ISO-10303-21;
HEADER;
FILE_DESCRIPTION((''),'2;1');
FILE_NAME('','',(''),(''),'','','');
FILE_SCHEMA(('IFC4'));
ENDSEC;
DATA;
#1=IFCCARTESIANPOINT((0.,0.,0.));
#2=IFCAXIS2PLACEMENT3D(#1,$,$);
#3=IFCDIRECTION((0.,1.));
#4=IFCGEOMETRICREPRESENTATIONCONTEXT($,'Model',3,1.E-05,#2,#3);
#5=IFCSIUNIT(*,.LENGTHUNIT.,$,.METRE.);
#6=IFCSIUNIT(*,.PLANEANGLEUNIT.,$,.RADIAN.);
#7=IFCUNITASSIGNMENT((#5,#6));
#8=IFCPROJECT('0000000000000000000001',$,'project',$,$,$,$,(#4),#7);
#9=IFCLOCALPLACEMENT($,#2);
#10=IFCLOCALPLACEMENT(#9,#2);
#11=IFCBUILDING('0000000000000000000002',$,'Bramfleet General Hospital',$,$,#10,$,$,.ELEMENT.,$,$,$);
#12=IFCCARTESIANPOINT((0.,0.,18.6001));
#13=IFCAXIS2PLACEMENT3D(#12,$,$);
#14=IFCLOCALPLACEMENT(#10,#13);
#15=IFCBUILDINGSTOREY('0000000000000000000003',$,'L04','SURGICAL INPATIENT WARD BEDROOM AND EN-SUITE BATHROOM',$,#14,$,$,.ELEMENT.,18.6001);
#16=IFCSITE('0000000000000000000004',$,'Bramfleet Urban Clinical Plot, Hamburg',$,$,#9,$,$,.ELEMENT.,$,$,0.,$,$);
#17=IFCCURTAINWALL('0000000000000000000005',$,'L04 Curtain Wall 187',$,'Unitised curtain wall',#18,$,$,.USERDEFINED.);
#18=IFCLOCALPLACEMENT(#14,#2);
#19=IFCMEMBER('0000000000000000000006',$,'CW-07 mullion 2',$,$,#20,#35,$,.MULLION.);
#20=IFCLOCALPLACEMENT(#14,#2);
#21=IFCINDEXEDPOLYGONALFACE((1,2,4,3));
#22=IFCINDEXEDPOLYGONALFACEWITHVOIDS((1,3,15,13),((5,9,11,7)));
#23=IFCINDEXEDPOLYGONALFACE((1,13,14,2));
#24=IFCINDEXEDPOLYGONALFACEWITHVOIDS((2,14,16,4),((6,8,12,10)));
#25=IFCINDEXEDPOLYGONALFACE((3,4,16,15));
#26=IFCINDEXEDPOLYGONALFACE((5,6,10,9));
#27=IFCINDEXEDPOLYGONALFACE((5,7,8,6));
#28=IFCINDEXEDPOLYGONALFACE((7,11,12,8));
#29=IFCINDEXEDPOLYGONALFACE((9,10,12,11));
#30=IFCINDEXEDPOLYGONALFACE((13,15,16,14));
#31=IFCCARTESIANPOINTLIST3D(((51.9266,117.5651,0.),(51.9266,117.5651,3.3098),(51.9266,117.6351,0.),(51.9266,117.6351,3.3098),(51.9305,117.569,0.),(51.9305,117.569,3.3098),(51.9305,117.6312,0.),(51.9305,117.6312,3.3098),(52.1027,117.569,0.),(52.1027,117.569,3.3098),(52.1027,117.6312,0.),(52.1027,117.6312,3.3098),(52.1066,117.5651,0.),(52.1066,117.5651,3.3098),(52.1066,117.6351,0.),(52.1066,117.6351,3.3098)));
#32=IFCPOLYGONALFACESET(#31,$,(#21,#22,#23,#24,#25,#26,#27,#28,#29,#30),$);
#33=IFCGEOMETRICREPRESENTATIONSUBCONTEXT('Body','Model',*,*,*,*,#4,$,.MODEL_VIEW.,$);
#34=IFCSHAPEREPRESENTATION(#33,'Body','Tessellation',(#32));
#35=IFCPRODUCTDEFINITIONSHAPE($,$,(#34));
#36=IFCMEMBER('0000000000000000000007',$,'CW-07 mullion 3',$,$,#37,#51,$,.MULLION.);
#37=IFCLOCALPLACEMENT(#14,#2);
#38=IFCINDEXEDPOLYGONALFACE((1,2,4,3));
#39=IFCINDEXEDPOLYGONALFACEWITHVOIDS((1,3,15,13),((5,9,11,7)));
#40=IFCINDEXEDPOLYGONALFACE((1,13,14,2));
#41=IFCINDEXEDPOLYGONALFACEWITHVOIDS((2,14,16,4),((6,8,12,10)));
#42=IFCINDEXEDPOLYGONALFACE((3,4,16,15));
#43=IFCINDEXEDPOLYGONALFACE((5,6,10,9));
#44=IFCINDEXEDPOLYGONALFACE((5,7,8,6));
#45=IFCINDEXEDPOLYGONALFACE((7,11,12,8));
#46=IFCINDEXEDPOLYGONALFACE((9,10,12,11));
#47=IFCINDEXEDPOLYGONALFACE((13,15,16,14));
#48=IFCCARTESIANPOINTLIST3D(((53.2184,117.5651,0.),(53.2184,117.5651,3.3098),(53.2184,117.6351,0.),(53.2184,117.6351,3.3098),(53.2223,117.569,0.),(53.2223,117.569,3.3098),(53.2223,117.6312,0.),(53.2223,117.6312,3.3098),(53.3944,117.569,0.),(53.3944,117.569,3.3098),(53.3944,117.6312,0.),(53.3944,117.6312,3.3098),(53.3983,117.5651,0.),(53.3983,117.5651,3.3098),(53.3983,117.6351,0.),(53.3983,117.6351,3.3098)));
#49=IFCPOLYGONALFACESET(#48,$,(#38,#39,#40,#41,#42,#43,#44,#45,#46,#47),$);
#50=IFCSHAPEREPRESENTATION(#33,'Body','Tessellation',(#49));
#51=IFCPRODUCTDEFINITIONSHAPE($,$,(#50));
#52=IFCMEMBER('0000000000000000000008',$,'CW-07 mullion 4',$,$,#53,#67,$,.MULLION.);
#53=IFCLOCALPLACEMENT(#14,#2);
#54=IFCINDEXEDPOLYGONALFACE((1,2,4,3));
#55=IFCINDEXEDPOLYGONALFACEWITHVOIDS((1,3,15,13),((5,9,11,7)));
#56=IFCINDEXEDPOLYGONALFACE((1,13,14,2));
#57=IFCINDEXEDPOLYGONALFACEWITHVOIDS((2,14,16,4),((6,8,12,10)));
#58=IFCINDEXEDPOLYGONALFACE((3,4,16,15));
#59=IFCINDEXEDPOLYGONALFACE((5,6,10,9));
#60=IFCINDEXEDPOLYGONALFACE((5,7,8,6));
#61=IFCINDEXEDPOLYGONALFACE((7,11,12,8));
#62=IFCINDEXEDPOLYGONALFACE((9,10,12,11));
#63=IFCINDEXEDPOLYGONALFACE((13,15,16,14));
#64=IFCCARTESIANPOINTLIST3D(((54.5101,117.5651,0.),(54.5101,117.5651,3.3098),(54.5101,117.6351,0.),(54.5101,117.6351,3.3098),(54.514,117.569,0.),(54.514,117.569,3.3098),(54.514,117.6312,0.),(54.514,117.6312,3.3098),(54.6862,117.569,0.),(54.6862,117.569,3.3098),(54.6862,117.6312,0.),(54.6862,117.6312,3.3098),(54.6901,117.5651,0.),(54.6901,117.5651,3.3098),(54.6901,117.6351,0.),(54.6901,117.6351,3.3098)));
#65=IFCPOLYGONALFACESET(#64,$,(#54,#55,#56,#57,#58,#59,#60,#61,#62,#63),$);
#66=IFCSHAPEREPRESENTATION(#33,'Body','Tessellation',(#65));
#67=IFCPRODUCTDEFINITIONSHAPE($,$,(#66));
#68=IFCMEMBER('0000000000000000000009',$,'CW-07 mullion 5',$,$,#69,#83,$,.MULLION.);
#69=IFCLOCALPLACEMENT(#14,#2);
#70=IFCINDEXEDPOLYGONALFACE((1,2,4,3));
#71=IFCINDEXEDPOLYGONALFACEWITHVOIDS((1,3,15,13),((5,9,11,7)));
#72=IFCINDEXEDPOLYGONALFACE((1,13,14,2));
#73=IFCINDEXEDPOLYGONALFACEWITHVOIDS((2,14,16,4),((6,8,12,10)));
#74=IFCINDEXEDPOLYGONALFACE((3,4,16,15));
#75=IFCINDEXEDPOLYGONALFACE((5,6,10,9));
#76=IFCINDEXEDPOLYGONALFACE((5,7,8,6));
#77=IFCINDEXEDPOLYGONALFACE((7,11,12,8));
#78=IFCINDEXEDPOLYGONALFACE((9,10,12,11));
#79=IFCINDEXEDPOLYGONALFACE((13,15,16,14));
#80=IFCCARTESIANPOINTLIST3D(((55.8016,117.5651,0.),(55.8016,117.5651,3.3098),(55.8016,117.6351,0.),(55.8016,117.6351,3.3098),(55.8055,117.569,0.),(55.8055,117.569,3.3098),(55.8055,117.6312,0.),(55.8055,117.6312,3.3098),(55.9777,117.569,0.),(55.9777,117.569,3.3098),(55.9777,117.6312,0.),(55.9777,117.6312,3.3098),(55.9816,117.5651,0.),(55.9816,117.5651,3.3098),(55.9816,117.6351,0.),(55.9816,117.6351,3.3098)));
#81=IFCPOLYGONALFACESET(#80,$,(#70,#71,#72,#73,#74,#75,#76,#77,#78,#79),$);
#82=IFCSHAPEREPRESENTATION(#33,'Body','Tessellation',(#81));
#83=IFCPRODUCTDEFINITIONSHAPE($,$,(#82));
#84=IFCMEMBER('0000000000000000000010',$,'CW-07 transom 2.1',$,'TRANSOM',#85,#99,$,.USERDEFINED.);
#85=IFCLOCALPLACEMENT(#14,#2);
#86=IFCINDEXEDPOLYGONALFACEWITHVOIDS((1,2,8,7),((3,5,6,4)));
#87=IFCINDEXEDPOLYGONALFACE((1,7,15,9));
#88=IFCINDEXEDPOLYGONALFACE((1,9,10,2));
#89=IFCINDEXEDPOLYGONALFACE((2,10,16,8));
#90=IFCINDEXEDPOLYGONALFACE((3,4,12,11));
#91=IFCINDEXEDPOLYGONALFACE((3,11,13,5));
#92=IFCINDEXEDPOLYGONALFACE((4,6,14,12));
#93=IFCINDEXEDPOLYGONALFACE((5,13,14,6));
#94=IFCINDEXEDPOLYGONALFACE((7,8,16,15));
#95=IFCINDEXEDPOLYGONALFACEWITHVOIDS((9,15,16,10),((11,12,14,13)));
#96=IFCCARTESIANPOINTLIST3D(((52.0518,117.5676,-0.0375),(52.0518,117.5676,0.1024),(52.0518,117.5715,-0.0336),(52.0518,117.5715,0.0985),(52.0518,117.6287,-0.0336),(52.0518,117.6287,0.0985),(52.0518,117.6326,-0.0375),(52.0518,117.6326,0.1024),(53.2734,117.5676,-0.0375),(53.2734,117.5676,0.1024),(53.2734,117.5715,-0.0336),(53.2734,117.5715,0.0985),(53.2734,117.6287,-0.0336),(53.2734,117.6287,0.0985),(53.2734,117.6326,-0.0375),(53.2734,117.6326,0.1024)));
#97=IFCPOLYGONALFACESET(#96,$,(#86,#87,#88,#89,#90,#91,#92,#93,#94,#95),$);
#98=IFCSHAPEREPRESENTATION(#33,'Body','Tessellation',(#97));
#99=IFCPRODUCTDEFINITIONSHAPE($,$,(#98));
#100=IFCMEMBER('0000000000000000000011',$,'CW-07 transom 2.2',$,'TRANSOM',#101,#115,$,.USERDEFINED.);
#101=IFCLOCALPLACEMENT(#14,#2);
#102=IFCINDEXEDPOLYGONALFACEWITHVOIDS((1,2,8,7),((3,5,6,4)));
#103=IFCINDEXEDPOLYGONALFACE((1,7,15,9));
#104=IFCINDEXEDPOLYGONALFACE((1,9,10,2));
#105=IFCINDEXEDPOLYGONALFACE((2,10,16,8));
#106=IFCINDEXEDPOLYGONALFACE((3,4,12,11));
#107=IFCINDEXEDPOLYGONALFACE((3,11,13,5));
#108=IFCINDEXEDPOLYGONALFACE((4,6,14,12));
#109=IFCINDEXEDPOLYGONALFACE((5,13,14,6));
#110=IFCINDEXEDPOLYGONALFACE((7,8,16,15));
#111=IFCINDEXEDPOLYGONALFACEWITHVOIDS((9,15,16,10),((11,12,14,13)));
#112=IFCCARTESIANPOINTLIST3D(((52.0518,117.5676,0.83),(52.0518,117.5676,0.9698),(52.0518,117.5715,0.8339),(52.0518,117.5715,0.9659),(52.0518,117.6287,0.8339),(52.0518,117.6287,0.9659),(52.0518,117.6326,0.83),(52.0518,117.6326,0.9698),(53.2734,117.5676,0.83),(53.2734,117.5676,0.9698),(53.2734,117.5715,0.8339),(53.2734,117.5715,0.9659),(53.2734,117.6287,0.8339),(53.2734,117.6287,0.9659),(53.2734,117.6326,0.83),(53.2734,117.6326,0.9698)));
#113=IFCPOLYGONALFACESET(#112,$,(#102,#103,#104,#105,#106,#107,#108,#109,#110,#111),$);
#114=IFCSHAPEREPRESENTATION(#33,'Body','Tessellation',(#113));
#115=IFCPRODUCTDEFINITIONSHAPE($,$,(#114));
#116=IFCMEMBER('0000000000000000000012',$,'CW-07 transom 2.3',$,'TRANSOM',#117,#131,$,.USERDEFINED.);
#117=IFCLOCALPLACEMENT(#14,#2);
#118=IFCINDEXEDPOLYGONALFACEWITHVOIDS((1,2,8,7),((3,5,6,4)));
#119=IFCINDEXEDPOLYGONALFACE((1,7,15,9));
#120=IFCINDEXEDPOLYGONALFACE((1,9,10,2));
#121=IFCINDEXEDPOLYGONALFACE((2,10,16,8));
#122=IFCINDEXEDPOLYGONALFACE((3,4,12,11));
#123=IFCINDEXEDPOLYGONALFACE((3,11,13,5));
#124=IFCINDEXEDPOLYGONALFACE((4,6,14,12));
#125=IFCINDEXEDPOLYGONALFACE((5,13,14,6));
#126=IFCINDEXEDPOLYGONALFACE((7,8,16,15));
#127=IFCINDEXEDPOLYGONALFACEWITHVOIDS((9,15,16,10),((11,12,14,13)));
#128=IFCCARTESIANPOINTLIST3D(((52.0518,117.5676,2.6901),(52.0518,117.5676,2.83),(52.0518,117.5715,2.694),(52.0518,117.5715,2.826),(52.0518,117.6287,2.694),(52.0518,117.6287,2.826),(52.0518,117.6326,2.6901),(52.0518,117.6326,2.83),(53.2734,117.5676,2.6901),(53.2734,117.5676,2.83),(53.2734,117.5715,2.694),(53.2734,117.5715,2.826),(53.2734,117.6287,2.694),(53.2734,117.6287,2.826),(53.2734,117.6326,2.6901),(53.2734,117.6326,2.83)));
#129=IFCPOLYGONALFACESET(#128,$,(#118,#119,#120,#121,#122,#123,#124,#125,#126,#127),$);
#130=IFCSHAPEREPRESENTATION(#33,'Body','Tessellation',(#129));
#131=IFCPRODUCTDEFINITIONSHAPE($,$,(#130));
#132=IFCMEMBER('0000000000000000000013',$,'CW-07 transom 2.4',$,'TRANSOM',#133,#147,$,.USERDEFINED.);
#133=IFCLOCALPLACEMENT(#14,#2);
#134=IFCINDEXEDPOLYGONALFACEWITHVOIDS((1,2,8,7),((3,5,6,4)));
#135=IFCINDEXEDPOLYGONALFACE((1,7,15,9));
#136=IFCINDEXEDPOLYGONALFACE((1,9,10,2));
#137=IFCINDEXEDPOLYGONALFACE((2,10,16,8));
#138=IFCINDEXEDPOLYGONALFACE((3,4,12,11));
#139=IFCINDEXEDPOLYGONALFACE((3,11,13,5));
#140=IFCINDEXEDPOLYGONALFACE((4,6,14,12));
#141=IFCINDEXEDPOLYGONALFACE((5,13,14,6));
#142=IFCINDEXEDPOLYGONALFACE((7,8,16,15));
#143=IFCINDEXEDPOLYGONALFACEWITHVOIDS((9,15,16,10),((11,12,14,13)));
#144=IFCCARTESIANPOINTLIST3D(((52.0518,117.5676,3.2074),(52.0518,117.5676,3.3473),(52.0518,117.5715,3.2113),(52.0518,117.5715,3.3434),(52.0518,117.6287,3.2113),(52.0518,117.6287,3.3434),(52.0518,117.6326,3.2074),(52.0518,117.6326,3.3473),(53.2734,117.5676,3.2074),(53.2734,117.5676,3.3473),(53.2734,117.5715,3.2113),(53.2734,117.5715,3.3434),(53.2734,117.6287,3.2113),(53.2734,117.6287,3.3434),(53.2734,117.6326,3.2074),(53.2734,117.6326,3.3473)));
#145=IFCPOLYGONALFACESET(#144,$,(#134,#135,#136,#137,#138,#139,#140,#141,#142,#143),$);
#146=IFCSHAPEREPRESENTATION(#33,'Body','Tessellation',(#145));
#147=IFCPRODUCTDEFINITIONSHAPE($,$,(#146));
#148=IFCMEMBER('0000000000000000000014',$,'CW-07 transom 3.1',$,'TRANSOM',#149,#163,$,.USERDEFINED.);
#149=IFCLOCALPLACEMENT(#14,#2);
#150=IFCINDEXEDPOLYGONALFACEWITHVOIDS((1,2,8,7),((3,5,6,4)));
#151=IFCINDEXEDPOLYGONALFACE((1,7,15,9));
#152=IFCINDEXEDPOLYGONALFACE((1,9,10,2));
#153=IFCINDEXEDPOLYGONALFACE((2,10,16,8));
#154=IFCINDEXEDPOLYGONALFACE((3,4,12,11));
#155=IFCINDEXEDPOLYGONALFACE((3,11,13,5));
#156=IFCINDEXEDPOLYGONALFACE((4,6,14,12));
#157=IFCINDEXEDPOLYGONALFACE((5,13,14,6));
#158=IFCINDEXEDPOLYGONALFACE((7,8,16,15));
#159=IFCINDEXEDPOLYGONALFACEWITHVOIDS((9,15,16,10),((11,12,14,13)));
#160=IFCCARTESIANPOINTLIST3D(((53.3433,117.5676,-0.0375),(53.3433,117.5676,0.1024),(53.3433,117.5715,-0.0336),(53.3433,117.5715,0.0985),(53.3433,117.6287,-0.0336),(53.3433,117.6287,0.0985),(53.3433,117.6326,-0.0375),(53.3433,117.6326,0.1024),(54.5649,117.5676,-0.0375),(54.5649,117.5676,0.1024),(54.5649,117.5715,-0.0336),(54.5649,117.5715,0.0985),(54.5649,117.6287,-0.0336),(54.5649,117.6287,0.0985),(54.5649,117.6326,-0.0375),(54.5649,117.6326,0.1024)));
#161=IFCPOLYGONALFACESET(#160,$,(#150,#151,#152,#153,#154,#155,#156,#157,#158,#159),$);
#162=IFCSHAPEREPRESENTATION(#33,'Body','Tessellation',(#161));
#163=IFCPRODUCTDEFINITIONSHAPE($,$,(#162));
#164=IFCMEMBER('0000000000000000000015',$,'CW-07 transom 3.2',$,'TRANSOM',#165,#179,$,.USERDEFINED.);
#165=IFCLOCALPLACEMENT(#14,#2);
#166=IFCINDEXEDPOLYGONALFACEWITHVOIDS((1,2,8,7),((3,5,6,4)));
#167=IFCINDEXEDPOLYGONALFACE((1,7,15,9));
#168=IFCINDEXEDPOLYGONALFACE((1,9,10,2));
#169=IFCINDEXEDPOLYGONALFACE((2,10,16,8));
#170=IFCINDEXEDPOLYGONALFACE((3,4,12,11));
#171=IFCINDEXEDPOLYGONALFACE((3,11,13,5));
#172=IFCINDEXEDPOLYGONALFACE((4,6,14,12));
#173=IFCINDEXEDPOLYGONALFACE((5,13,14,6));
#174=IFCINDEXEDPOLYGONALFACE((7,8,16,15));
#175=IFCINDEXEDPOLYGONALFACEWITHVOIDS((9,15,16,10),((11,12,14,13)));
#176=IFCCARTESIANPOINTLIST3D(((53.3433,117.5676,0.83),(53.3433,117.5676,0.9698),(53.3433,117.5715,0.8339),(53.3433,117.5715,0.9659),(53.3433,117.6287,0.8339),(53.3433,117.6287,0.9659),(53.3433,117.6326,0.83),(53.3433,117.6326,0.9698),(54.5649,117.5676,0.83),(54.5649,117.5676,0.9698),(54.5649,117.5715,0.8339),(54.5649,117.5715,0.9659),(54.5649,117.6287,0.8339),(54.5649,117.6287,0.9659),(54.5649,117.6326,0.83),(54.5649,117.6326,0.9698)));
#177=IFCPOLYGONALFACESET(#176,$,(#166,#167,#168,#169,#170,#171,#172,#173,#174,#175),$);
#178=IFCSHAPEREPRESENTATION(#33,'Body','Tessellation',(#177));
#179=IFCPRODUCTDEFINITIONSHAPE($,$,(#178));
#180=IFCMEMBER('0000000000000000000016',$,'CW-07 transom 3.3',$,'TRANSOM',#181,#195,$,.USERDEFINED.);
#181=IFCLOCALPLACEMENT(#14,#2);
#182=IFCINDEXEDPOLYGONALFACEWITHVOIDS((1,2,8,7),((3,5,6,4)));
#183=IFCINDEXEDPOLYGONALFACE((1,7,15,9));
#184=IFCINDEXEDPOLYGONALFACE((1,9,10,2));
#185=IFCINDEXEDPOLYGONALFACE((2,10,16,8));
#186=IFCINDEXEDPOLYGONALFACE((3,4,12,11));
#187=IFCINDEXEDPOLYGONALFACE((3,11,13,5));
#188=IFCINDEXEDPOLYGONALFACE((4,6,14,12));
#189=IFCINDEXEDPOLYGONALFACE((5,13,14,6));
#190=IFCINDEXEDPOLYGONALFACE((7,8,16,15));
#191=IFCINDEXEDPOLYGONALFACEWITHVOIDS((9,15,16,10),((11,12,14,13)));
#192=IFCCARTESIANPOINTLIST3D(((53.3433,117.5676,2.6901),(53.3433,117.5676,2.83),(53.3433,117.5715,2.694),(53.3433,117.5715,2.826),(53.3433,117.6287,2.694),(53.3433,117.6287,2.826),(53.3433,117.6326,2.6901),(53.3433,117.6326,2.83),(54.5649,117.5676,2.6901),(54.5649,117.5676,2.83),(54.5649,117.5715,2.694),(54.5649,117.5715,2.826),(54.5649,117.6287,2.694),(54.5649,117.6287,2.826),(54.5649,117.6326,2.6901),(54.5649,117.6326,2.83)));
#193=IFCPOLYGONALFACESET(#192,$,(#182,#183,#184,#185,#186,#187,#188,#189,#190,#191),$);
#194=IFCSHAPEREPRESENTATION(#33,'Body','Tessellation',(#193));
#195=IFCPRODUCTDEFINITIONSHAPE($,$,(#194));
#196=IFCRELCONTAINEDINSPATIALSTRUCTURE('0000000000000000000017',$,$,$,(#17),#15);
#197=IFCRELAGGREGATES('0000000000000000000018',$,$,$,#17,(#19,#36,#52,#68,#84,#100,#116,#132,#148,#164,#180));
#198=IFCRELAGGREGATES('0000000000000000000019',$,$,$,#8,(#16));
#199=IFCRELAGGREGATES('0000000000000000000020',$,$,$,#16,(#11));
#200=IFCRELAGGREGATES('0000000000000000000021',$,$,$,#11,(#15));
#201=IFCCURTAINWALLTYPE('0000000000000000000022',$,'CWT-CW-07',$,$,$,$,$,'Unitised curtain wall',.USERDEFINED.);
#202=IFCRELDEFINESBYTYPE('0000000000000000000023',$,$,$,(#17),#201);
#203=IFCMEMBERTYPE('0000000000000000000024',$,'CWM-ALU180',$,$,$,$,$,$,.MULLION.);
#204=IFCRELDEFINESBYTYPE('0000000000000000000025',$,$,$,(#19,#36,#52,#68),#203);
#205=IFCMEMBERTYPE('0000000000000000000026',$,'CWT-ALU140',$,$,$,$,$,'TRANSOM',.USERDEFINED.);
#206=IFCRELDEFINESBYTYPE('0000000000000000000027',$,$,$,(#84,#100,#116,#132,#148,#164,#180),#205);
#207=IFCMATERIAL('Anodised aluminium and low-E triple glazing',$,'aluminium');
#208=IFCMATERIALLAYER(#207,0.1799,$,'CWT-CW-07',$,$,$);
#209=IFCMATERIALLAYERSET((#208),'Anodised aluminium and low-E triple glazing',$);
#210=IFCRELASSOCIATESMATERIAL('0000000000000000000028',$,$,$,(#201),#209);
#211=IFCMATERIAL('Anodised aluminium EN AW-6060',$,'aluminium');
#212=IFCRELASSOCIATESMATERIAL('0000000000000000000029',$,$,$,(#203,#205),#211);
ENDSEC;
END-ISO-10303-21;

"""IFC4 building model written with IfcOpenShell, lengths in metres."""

from ifc_helpers import new_model, si_unit, direction, frame, origin, origin_2d, place, context, subcontext, project, spatial, hollow_rectangle, extrude, material, layer, layer_set, material_profile, profile_set, type_object, element, aggregate, save


model = new_model("IFC4")

# Units and contexts
model_context = context("Model", 3, precision=1e-05, world=origin(), true_north=direction((0.0, 1.0)))
body_context = subcontext(model_context, "Body", "Model", "MODEL_VIEW")
ifc_project = project(units=[si_unit("LENGTHUNIT", "METRE"), si_unit("PLANEANGLEUNIT", "RADIAN")], contexts=[model_context])

# Site, building, storey
site_placement = place(None, origin())
site = spatial("IfcSite", under=ifc_project, at=site_placement, Name="Bramfleet Urban Clinical Plot, Hamburg", CompositionType="ELEMENT", RefElevation=0.0)
building_placement = place(site_placement, origin())
building = spatial("IfcBuilding", under=site, at=building_placement, Name="Bramfleet General Hospital", CompositionType="ELEMENT")
storey_placement = place(building_placement, frame((0.0, 0.0, 18.6001)))
storey = spatial("IfcBuildingStorey", under=building, at=storey_placement, Name="L04", Description="SURGICAL INPATIENT WARD BEDROOM AND EN-SUITE BATHROOM", CompositionType="ELEMENT", Elevation=18.6001)

# Curtain wall, members
ifc_material_1 = material(Name="Anodised aluminium and low-E triple glazing", Category="aluminium")
ifc_layer_1 = layer(ifc_material_1, 0.1799, Name="CWT-CW-07")
ifc_layer_set_1 = layer_set([ifc_layer_1], Name="Anodised aluminium and low-E triple glazing")
curtain_wall_type = type_object("IfcCurtainWallType", Name="CWT-CW-07", ElementType="Unitised curtain wall", PredefinedType="USERDEFINED", material=ifc_layer_set_1)
curtain_wall_placement = place(storey_placement, origin())
curtain_wall = element("IfcCurtainWall", 1, at=curtain_wall_placement, inside=storey, type_object=curtain_wall_type, Name="L04 Curtain Wall 187", ObjectType="Unitised curtain wall", PredefinedType="USERDEFINED")
ifc_material_2 = material(Name="Anodised aluminium EN AW-6060", Category="aluminium")
ifc_material_profile_1 = material_profile(ifc_material_2, hollow_rectangle(XDim=0.0701, YDim=0.1799, WallThickness=0.0039, at=origin_2d()), Name="ALU 180x70x4.0")
ifc_profile_set_1 = profile_set([ifc_material_profile_1], Name="Anodised aluminium EN AW-6060")
member_type_1 = type_object("IfcMemberType", Name="CWM-ALU180", PredefinedType="MULLION", material=ifc_profile_set_1)
member_1_placement = place(storey_placement, frame((52.0166, 117.6001, 0.0), z_axis=(0.0, 0.0, 1.0), x_axis=(0.0, 1.0, 0.0)))
member_1 = element("IfcMember", 2, at=member_1_placement, type_object=member_type_1, Name="CW-07 mullion 2", PredefinedType="MULLION", context=body_context, shape_type="SweptSolid", body=[
    extrude(hollow_rectangle(XDim=0.0701, YDim=0.1799, WallThickness=0.0039, at=origin_2d()), origin(), (0.0, 0.0, 1.0), 3.3098),
])
member_2_placement = place(storey_placement, frame((53.3083, 117.6001, 0.0), z_axis=(0.0, 0.0, 1.0), x_axis=(0.0, 1.0, 0.0)))
member_2 = element("IfcMember", 3, at=member_2_placement, type_object=member_type_1, Name="CW-07 mullion 3", PredefinedType="MULLION", context=body_context, shape_type="SweptSolid", body=[
    extrude(hollow_rectangle(XDim=0.0701, YDim=0.1799, WallThickness=0.0039, at=origin_2d()), origin(), (0.0, 0.0, 1.0), 3.3098),
])
member_3_placement = place(storey_placement, frame((54.6001, 117.6001, 0.0), z_axis=(0.0, 0.0, 1.0), x_axis=(0.0, 1.0, 0.0)))
member_3 = element("IfcMember", 4, at=member_3_placement, type_object=member_type_1, Name="CW-07 mullion 4", PredefinedType="MULLION", context=body_context, shape_type="SweptSolid", body=[
    extrude(hollow_rectangle(XDim=0.0701, YDim=0.1799, WallThickness=0.0039, at=origin_2d()), origin(), (0.0, 0.0, 1.0), 3.3098),
])
member_4_placement = place(storey_placement, frame((55.8916, 117.6001, 0.0), z_axis=(0.0, 0.0, 1.0), x_axis=(0.0, 1.0, 0.0)))
member_4 = element("IfcMember", 5, at=member_4_placement, type_object=member_type_1, Name="CW-07 mullion 5", PredefinedType="MULLION", context=body_context, shape_type="SweptSolid", body=[
    extrude(hollow_rectangle(XDim=0.0701, YDim=0.1799, WallThickness=0.0039, at=origin_2d()), origin(), (0.0, 0.0, 1.0), 3.3098),
])
ifc_material_profile_2 = material_profile(ifc_material_2, hollow_rectangle(XDim=0.0649, YDim=0.1399, WallThickness=0.0039, at=origin_2d()), Name="ALU 140x65x4.0")
ifc_profile_set_2 = profile_set([ifc_material_profile_2], Name="Anodised aluminium EN AW-6060")
member_type_2 = type_object("IfcMemberType", Name="CWT-ALU140", ElementType="TRANSOM", PredefinedType="USERDEFINED", material=ifc_profile_set_2)
member_5_placement = place(storey_placement, frame((52.0518, 117.6001, 0.0325), z_axis=(1.0, 0.0, 0.0), x_axis=(0.0, 1.0, 0.0)))
member_5 = element("IfcMember", 6, at=member_5_placement, type_object=member_type_2, Name="CW-07 transom 2.1", ObjectType="TRANSOM", PredefinedType="USERDEFINED", context=body_context, shape_type="SweptSolid", body=[
    extrude(hollow_rectangle(XDim=0.0649, YDim=0.1399, WallThickness=0.0039, at=origin_2d()), origin(), (0.0, 0.0, 1.0), 1.2217),
])
member_6_placement = place(storey_placement, frame((52.0518, 117.6001, 0.8999), z_axis=(1.0, 0.0, 0.0), x_axis=(0.0, 1.0, 0.0)))
member_6 = element("IfcMember", 7, at=member_6_placement, type_object=member_type_2, Name="CW-07 transom 2.2", ObjectType="TRANSOM", PredefinedType="USERDEFINED", context=body_context, shape_type="SweptSolid", body=[
    extrude(hollow_rectangle(XDim=0.0649, YDim=0.1399, WallThickness=0.0039, at=origin_2d()), origin(), (0.0, 0.0, 1.0), 1.2217),
])
member_7_placement = place(storey_placement, frame((52.0518, 117.6001, 2.76), z_axis=(1.0, 0.0, 0.0), x_axis=(0.0, 1.0, 0.0)))
member_7 = element("IfcMember", 8, at=member_7_placement, type_object=member_type_2, Name="CW-07 transom 2.3", ObjectType="TRANSOM", PredefinedType="USERDEFINED", context=body_context, shape_type="SweptSolid", body=[
    extrude(hollow_rectangle(XDim=0.0649, YDim=0.1399, WallThickness=0.0039, at=origin_2d()), origin(), (0.0, 0.0, 1.0), 1.2217),
])
member_8_placement = place(storey_placement, frame((52.0518, 117.6001, 3.2773), z_axis=(1.0, 0.0, 0.0), x_axis=(0.0, 1.0, 0.0)))
member_8 = element("IfcMember", 9, at=member_8_placement, type_object=member_type_2, Name="CW-07 transom 2.4", ObjectType="TRANSOM", PredefinedType="USERDEFINED", context=body_context, shape_type="SweptSolid", body=[
    extrude(hollow_rectangle(XDim=0.0649, YDim=0.1399, WallThickness=0.0039, at=origin_2d()), origin(), (0.0, 0.0, 1.0), 1.2217),
])
member_9_placement = place(storey_placement, frame((53.3433, 117.6001, 0.0325), z_axis=(1.0, 0.0, 0.0), x_axis=(0.0, 1.0, 0.0)))
member_9 = element("IfcMember", 10, at=member_9_placement, type_object=member_type_2, Name="CW-07 transom 3.1", ObjectType="TRANSOM", PredefinedType="USERDEFINED", context=body_context, shape_type="SweptSolid", body=[
    extrude(hollow_rectangle(XDim=0.0649, YDim=0.1399, WallThickness=0.0039, at=origin_2d()), origin(), (0.0, 0.0, 1.0), 1.2217),
])
member_10_placement = place(storey_placement, frame((53.3433, 117.6001, 0.8999), z_axis=(1.0, 0.0, 0.0), x_axis=(0.0, 1.0, 0.0)))
member_10 = element("IfcMember", 11, at=member_10_placement, type_object=member_type_2, Name="CW-07 transom 3.2", ObjectType="TRANSOM", PredefinedType="USERDEFINED", context=body_context, shape_type="SweptSolid", body=[
    extrude(hollow_rectangle(XDim=0.0649, YDim=0.1399, WallThickness=0.0039, at=origin_2d()), origin(), (0.0, 0.0, 1.0), 1.2217),
])
member_11_placement = place(storey_placement, frame((53.3433, 117.6001, 2.76), z_axis=(1.0, 0.0, 0.0), x_axis=(0.0, 1.0, 0.0)))
member_11 = element("IfcMember", 12, at=member_11_placement, type_object=member_type_2, Name="CW-07 transom 3.3", ObjectType="TRANSOM", PredefinedType="USERDEFINED", context=body_context, shape_type="SweptSolid", body=[
    extrude(hollow_rectangle(XDim=0.0649, YDim=0.1399, WallThickness=0.0039, at=origin_2d()), origin(), (0.0, 0.0, 1.0), 1.2217),
])
aggregate(curtain_wall, [member_1, member_2, member_3, member_4, member_5, member_6, member_7, member_8, member_9, member_10, member_11])

save(model, "model.ifc")
